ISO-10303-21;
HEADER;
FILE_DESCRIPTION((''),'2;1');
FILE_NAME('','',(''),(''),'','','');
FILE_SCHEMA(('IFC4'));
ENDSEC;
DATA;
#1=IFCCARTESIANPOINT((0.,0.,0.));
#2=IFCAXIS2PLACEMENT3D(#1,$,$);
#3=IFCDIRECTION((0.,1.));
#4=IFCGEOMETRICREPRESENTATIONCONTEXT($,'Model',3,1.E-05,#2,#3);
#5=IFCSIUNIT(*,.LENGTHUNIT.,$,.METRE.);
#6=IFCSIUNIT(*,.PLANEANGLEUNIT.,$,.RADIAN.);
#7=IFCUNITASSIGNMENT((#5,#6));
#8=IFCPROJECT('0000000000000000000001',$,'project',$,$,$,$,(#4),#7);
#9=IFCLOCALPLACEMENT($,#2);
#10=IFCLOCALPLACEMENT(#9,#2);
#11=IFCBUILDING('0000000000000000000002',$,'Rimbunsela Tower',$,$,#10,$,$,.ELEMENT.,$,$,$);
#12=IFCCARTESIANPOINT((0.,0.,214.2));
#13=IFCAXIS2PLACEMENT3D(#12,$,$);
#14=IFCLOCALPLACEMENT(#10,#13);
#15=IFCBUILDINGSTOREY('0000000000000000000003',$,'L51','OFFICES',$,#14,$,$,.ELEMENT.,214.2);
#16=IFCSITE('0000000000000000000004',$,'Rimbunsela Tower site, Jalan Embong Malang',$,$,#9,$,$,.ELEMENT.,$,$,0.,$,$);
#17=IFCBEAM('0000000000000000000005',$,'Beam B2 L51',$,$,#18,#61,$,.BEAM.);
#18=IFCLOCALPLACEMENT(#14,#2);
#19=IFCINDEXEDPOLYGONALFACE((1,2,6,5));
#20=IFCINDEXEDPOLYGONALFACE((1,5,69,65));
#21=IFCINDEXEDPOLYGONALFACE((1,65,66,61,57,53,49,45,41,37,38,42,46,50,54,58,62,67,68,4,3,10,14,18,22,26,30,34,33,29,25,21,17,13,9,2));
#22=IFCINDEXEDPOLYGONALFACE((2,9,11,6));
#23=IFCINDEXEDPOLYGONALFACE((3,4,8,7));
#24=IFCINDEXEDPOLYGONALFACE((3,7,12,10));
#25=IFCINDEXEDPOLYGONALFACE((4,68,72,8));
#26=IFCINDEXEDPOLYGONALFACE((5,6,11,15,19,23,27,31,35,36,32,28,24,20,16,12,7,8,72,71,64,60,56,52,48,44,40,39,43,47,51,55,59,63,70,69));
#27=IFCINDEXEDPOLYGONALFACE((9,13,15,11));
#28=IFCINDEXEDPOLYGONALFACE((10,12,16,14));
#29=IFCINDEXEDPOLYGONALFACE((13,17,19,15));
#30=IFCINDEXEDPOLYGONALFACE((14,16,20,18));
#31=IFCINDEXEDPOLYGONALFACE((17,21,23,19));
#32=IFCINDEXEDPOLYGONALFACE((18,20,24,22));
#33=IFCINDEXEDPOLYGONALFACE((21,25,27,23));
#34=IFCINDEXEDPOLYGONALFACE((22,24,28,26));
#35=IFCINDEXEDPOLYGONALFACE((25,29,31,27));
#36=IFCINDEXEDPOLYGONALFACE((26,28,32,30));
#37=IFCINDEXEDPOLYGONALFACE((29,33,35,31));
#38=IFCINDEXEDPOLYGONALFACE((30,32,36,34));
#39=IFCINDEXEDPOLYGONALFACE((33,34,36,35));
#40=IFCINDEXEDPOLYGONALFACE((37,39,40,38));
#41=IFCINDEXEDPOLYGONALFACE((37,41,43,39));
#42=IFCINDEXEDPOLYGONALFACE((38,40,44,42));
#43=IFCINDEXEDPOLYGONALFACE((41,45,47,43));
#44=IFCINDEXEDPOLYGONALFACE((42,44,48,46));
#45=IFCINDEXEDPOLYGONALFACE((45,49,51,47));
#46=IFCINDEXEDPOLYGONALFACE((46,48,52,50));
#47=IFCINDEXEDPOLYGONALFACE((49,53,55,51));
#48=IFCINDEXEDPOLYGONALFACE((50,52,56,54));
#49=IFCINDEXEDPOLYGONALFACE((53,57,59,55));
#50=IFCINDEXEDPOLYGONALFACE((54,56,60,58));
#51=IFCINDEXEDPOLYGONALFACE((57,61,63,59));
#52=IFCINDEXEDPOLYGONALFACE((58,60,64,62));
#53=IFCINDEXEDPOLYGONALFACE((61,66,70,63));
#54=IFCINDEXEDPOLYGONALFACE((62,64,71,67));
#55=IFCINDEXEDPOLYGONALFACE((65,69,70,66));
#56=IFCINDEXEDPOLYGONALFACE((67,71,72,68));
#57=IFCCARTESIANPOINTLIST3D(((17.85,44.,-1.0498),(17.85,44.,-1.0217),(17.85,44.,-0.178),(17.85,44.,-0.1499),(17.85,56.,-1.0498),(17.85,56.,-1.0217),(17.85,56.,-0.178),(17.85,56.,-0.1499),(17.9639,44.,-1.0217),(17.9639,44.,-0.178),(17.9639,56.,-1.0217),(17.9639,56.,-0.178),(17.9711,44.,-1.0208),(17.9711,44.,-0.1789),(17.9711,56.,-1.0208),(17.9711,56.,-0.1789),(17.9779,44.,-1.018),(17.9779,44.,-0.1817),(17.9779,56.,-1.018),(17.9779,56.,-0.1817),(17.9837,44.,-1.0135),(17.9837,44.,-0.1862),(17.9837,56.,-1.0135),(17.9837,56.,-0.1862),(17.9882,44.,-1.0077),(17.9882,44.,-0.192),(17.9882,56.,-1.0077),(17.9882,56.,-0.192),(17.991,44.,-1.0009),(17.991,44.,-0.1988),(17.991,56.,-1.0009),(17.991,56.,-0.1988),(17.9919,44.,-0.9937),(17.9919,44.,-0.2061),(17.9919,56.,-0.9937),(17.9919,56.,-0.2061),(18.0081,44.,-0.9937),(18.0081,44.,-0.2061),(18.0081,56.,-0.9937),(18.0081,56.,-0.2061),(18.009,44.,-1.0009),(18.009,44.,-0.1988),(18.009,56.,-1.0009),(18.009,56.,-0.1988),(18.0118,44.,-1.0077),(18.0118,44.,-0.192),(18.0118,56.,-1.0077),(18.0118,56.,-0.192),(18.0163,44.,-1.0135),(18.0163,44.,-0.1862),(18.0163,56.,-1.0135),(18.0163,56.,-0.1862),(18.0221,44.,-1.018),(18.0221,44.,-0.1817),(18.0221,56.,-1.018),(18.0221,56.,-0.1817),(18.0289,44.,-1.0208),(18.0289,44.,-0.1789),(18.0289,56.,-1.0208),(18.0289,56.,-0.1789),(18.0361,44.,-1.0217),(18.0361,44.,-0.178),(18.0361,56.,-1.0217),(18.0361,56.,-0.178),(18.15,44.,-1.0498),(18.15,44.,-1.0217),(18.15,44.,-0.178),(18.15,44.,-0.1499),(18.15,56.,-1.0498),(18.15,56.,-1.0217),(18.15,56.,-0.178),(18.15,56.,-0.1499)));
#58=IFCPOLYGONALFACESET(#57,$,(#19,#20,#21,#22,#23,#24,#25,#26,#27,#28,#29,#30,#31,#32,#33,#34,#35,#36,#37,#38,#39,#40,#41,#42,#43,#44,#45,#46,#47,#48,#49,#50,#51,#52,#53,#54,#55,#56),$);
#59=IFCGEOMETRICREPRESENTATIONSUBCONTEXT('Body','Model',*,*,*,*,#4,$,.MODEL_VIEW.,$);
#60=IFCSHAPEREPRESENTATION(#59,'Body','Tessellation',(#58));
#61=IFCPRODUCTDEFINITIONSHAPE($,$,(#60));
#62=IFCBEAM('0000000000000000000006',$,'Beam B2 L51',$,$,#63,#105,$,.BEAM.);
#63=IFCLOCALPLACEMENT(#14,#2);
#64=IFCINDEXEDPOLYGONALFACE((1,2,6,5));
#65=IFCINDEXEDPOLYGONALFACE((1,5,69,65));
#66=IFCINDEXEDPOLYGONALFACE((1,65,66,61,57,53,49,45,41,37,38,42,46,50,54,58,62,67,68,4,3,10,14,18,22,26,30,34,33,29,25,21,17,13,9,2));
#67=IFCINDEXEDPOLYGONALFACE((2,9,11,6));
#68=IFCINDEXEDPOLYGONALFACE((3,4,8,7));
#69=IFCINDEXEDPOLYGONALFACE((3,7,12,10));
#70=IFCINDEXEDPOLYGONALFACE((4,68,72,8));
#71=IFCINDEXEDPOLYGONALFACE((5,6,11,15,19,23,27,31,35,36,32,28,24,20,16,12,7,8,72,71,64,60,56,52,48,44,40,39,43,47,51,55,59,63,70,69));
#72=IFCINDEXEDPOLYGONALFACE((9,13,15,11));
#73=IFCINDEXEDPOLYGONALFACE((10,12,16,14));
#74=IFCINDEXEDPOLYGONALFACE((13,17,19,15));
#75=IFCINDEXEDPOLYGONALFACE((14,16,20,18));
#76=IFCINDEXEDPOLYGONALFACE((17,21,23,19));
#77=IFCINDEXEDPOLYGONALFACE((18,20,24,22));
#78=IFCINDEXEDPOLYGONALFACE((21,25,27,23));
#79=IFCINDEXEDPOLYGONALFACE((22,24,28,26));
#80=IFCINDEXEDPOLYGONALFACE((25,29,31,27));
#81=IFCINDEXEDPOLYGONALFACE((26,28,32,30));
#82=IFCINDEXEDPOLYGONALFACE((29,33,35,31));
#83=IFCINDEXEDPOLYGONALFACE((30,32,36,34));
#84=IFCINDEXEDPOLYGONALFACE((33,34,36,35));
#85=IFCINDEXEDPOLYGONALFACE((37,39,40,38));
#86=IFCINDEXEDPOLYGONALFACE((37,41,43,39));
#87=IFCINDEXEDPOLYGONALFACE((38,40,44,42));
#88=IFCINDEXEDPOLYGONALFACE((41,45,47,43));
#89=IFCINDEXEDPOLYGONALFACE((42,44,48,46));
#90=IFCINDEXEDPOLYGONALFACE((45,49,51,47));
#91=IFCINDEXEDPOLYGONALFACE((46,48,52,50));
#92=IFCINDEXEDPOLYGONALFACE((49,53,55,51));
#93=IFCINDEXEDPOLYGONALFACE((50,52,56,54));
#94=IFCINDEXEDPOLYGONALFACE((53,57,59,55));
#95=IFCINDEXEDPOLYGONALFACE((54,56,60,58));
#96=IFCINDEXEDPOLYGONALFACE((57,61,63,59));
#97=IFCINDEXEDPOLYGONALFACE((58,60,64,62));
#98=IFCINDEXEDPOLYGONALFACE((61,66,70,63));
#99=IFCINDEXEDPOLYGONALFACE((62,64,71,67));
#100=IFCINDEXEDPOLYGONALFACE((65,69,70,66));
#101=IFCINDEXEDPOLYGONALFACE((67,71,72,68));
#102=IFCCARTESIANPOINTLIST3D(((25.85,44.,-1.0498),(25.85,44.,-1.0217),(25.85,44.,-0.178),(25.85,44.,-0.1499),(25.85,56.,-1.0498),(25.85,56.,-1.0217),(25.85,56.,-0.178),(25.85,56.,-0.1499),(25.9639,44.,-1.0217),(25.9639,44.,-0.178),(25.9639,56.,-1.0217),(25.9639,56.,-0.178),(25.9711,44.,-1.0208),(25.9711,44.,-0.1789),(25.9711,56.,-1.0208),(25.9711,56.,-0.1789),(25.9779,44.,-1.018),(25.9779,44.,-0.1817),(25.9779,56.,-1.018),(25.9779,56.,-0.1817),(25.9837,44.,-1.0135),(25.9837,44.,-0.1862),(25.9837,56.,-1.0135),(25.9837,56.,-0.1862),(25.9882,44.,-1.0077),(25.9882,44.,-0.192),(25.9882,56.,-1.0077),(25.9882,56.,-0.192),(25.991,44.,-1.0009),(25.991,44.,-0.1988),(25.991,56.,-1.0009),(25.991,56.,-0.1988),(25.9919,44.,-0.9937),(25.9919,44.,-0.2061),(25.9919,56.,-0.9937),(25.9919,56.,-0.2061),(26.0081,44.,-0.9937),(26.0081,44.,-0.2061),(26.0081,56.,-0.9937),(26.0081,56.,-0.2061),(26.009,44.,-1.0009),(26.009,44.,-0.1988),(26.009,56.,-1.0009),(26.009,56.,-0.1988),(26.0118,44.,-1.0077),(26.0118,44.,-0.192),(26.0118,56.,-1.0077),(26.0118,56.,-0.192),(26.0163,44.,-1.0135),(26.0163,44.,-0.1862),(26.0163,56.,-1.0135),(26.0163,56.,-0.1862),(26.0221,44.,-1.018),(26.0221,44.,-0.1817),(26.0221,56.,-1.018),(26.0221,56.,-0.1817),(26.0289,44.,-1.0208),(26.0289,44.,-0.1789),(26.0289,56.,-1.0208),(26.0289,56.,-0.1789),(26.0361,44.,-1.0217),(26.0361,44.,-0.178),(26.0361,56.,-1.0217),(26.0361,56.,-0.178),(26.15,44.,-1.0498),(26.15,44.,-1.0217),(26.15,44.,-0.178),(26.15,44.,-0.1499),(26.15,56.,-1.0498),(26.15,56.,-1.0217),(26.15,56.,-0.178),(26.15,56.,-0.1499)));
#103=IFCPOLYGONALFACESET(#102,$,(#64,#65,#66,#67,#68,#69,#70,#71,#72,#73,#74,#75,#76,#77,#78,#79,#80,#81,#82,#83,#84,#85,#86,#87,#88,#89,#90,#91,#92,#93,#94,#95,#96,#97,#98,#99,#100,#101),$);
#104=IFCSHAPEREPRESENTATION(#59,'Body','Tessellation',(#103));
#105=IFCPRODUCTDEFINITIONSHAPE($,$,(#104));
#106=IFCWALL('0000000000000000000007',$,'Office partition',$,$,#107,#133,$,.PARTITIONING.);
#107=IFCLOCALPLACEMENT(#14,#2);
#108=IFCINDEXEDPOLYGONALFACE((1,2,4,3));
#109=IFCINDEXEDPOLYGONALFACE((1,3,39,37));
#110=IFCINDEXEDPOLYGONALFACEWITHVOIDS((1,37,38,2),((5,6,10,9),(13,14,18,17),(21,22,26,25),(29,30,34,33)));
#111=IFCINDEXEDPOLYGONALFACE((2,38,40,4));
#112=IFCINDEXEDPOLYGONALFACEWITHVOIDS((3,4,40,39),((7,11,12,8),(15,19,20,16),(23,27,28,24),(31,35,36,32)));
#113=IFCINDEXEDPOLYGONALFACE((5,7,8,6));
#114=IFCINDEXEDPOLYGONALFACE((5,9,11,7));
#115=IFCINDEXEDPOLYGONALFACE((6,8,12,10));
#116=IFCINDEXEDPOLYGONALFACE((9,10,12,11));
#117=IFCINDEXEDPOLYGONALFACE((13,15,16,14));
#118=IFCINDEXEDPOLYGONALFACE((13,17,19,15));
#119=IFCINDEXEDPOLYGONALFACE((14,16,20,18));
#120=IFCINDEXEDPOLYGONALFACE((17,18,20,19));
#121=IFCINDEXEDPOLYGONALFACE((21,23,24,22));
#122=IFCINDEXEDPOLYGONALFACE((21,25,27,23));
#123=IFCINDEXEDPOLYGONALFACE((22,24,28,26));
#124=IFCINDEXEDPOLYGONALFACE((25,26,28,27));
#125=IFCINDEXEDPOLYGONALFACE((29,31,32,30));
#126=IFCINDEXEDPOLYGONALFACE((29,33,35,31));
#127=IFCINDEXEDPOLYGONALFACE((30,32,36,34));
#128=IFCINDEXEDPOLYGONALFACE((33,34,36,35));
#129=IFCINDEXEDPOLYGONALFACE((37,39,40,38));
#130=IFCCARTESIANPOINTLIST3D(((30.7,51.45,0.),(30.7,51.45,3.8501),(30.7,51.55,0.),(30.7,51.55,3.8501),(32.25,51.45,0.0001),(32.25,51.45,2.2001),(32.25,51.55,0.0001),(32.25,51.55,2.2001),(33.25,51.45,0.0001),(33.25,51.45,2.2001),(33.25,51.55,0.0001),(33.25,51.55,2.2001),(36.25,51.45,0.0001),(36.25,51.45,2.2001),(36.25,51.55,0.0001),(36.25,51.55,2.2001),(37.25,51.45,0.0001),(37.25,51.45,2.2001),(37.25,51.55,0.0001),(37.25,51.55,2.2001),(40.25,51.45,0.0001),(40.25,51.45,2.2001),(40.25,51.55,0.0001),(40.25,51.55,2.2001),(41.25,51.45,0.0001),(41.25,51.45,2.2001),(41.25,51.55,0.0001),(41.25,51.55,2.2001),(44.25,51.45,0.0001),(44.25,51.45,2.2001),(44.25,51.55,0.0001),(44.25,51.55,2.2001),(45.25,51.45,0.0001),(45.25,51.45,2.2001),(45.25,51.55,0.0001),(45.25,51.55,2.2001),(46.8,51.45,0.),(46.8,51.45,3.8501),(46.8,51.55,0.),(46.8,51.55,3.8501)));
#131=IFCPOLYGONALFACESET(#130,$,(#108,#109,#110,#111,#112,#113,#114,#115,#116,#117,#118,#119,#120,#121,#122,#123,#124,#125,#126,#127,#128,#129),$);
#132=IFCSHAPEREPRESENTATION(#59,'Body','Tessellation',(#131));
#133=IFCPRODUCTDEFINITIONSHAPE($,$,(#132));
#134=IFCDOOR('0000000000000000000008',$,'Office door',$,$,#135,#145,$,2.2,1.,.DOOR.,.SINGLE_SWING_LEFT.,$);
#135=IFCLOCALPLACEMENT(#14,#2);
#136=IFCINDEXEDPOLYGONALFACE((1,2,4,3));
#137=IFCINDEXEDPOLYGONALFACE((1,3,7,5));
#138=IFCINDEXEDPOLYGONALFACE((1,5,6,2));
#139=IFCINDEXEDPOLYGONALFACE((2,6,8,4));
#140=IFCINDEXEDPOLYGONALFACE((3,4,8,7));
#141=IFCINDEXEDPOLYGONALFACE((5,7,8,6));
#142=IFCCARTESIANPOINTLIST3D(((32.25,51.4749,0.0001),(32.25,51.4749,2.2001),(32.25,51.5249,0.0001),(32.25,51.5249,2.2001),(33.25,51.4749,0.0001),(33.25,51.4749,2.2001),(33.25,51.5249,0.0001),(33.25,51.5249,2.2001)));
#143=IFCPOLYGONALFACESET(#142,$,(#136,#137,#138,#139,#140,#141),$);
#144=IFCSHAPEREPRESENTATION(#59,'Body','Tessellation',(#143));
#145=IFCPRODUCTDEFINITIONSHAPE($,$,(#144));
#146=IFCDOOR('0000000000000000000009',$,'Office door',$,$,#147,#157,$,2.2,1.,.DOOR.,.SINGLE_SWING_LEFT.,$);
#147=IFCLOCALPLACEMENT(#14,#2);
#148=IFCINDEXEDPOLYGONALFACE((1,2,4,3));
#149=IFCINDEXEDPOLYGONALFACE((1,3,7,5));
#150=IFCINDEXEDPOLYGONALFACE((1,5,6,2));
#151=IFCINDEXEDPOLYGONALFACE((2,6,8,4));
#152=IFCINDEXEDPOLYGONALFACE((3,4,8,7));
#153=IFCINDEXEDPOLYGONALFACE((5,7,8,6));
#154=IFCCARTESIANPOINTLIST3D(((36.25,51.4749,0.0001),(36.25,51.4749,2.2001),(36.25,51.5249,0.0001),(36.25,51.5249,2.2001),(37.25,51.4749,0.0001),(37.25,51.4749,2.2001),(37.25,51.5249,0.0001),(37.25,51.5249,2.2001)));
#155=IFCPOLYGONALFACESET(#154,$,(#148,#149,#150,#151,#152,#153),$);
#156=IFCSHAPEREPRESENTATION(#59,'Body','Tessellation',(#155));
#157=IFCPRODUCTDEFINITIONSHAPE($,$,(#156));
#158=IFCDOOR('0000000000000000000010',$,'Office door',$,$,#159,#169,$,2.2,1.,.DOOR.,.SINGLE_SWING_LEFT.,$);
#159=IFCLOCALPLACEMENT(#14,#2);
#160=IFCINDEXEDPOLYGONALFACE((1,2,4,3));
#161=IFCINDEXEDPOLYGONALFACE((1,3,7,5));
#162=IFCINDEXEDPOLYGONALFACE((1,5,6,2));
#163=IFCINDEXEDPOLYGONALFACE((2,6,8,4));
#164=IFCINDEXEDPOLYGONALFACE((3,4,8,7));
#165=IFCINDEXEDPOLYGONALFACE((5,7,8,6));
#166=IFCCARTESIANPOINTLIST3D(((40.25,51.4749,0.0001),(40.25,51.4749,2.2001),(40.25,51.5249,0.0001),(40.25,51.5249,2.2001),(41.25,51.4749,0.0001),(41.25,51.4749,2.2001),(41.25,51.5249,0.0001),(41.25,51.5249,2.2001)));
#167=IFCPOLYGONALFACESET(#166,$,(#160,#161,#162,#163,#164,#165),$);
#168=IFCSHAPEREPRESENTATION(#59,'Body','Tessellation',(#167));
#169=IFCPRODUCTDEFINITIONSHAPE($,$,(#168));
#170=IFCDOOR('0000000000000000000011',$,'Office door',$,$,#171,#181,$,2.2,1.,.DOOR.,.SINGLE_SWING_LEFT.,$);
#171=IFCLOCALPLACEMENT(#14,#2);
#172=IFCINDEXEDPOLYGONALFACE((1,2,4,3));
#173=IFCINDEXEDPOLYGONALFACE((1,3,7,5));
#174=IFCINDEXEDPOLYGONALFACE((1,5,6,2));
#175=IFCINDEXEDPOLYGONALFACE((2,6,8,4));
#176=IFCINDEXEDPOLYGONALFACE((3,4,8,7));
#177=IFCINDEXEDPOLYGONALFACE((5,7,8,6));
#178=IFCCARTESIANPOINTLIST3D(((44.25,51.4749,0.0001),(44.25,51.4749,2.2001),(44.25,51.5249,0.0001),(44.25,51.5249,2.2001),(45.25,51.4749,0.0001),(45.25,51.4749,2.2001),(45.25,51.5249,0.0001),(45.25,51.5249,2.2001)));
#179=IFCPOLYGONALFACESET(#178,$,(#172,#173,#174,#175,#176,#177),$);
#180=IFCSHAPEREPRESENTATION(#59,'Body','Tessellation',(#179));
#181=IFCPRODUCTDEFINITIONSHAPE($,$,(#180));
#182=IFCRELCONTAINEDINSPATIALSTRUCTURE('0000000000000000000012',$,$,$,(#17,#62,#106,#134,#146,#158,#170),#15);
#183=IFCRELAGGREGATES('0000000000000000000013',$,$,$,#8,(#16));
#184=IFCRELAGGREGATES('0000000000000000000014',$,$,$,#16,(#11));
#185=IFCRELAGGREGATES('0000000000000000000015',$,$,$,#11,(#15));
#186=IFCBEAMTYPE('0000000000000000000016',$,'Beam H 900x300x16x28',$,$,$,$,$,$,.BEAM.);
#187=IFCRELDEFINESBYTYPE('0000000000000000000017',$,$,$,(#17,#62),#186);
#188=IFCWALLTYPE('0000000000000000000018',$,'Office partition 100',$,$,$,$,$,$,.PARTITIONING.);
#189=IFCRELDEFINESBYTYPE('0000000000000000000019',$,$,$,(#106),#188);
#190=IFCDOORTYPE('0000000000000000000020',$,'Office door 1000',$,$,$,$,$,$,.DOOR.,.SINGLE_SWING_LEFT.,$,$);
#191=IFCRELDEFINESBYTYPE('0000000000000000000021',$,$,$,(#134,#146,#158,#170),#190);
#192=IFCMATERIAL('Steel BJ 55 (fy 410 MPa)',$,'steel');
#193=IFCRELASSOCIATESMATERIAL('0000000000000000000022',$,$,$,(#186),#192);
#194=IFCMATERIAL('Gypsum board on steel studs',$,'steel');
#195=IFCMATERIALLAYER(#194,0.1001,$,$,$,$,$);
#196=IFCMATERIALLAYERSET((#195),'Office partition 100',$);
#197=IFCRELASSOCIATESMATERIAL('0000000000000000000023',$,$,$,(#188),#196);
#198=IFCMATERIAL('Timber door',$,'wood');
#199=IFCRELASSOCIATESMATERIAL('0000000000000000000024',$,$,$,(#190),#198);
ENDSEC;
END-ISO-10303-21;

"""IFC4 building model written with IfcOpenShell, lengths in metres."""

from ifc_helpers import new_model, si_unit, direction, frame, frame_2d, origin, origin_2d, place, context, subcontext, project, spatial, rectangle, i_section, extrude, material, layer, layer_set, material_profile, profile_set, type_object, element, fill, save


model = new_model("IFC4")

# Units and contexts
model_context = context("Model", 3, precision=1e-05, world=origin(), true_north=direction((0.0, 1.0)))
body_context = subcontext(model_context, "Body", "Model", "MODEL_VIEW")
ifc_project = project(units=[si_unit("LENGTHUNIT", "METRE"), si_unit("PLANEANGLEUNIT", "RADIAN")], contexts=[model_context])

# Site, building, storey
site_placement = place(None, origin())
site = spatial("IfcSite", under=ifc_project, at=site_placement, Name="Rimbunsela Tower site, Jalan Embong Malang", CompositionType="ELEMENT", RefElevation=0.0)
building_placement = place(site_placement, origin())
building = spatial("IfcBuilding", under=site, at=building_placement, Name="Rimbunsela Tower", CompositionType="ELEMENT")
storey_placement = place(building_placement, frame((0.0, 0.0, 214.2)))
storey = spatial("IfcBuildingStorey", under=building, at=storey_placement, Name="L51", Description="OFFICES", CompositionType="ELEMENT", Elevation=214.2)

# Beams
ifc_material_1 = material(Name="Steel BJ 55 (fy 410 MPa)", Category="steel")
ifc_material_profile_1 = material_profile(ifc_material_1, i_section(OverallWidth=0.3, OverallDepth=0.8999, WebThickness=0.0161, FlangeThickness=0.0281, FilletRadius=0.0281, at=origin_2d()), Name="H 900x300x16x28")
ifc_profile_set_1 = profile_set([ifc_material_profile_1], Name="Steel BJ 55 (fy 410 MPa)")
beam_type_1 = type_object("IfcBeamType", Name="Beam H 900x300x16x28", PredefinedType="BEAM", material=ifc_profile_set_1)
for number, where, z_axis, x_axis, name in (
    (1, (18.0, 44.0, -0.5999), (0.0, 1.0, 0.0), (-1.0, 0.0, 0.0), "Beam B2 L51"),
    (2, (26.0, 44.0, -0.5999), (0.0, 1.0, 0.0), (-1.0, 0.0, 0.0), "Beam B2 L51"),
):
    element("IfcBeam", number, at=place(storey_placement, frame(where, z_axis=z_axis, x_axis=x_axis)), inside=storey, type_object=beam_type_1, Name=name, PredefinedType="BEAM", context=body_context, shape_type="SweptSolid", body=[
        extrude(i_section(OverallWidth=0.3, OverallDepth=0.8999, WebThickness=0.0161, FlangeThickness=0.0281, FilletRadius=0.0281, at=origin_2d()), origin(), (0.0, 0.0, 1.0), 12.0),
    ])

# Wall, openings, doors
ifc_material_2 = material(Name="Gypsum board on steel studs", Category="steel")
ifc_layer_1 = layer(ifc_material_2, 0.1001)
ifc_layer_set_1 = layer_set([ifc_layer_1], Name="Office partition 100")
wall_type_1 = type_object("IfcWallType", Name="Office partition 100", PredefinedType="PARTITIONING", material=ifc_layer_set_1)
wall_1_placement = place(storey_placement, frame((30.7, 51.5, 0.0), z_axis=(0.0, 0.0, 1.0), x_axis=(1.0, 0.0, 0.0)))
wall_1 = element("IfcWall", 3, at=wall_1_placement, inside=storey, type_object=wall_type_1, Name="Office partition", PredefinedType="PARTITIONING", context=body_context, shape_type="SweptSolid", body=[
    extrude(rectangle(XDim=16.1001, YDim=0.1001, at=frame_2d((8.05, 0.0))), origin(), (0.0, 0.0, 1.0), 3.8501),
])
opening_1_placement = place(wall_1_placement, frame((1.55, 0.0, 0.0)))
opening_1 = element("IfcOpeningElement", 4, at=opening_1_placement, cuts=wall_1, PredefinedType="OPENING", context=body_context, shape_type="SweptSolid", body=[
    extrude(rectangle(XDim=1.0, YDim=2.2, at=frame_2d((0.5, 1.1001))), frame((0.0, 0.0601, 0.0), z_axis=(0.0, -1.0, 0.0), x_axis=(1.0, 0.0, 0.0)), (0.0, 0.0, 1.0), 0.1201),
])
opening_2_placement = place(wall_1_placement, frame((5.55, 0.0, 0.0)))
opening_2 = element("IfcOpeningElement", 5, at=opening_2_placement, cuts=wall_1, PredefinedType="OPENING", context=body_context, shape_type="SweptSolid", body=[
    extrude(rectangle(XDim=1.0, YDim=2.2, at=frame_2d((0.5, 1.1001))), frame((0.0, 0.0601, 0.0), z_axis=(0.0, -1.0, 0.0), x_axis=(1.0, 0.0, 0.0)), (0.0, 0.0, 1.0), 0.1201),
])
opening_3_placement = place(wall_1_placement, frame((9.55, 0.0, 0.0)))
opening_3 = element("IfcOpeningElement", 6, at=opening_3_placement, cuts=wall_1, PredefinedType="OPENING", context=body_context, shape_type="SweptSolid", body=[
    extrude(rectangle(XDim=1.0, YDim=2.2, at=frame_2d((0.5, 1.1001))), frame((0.0, 0.0601, 0.0), z_axis=(0.0, -1.0, 0.0), x_axis=(1.0, 0.0, 0.0)), (0.0, 0.0, 1.0), 0.1201),
])
opening_4_placement = place(wall_1_placement, frame((13.55, 0.0, 0.0)))
opening_4 = element("IfcOpeningElement", 7, at=opening_4_placement, cuts=wall_1, PredefinedType="OPENING", context=body_context, shape_type="SweptSolid", body=[
    extrude(rectangle(XDim=1.0, YDim=2.2, at=frame_2d((0.5, 1.1001))), frame((0.0, 0.0601, 0.0), z_axis=(0.0, -1.0, 0.0), x_axis=(1.0, 0.0, 0.0)), (0.0, 0.0, 1.0), 0.1201),
])
ifc_material_3 = material(Name="Timber door", Category="wood")
door_type = type_object("IfcDoorType", Name="Office door 1000", OperationType="SINGLE_SWING_LEFT", PredefinedType="DOOR", material=ifc_material_3)
door_1_placement = place(opening_1_placement, origin())
door_1 = element("IfcDoor", 8, at=door_1_placement, inside=storey, type_object=door_type, Name="Office door", OperationType="SINGLE_SWING_LEFT", OverallHeight=2.2, OverallWidth=1.0, PredefinedType="DOOR", context=body_context, shape_type="SweptSolid", body=[
    extrude(rectangle(XDim=1.0, YDim=2.2, at=frame_2d((0.5, 1.1001))), frame((0.0, 0.0249, 0.0), z_axis=(0.0, -1.0, 0.0), x_axis=(1.0, 0.0, 0.0)), (0.0, 0.0, 1.0), 0.05),
])
fill(opening_1, door_1)
door_2_placement = place(opening_2_placement, origin())
door_2 = element("IfcDoor", 9, at=door_2_placement, inside=storey, type_object=door_type, Name="Office door", OperationType="SINGLE_SWING_LEFT", OverallHeight=2.2, OverallWidth=1.0, PredefinedType="DOOR", context=body_context, shape_type="SweptSolid", body=[
    extrude(rectangle(XDim=1.0, YDim=2.2, at=frame_2d((0.5, 1.1001))), frame((0.0, 0.0249, 0.0), z_axis=(0.0, -1.0, 0.0), x_axis=(1.0, 0.0, 0.0)), (0.0, 0.0, 1.0), 0.05),
])
fill(opening_2, door_2)
door_3_placement = place(opening_3_placement, origin())
door_3 = element("IfcDoor", 10, at=door_3_placement, inside=storey, type_object=door_type, Name="Office door", OperationType="SINGLE_SWING_LEFT", OverallHeight=2.2, OverallWidth=1.0, PredefinedType="DOOR", context=body_context, shape_type="SweptSolid", body=[
    extrude(rectangle(XDim=1.0, YDim=2.2, at=frame_2d((0.5, 1.1001))), frame((0.0, 0.0249, 0.0), z_axis=(0.0, -1.0, 0.0), x_axis=(1.0, 0.0, 0.0)), (0.0, 0.0, 1.0), 0.05),
])
fill(opening_3, door_3)
door_4_placement = place(opening_4_placement, origin())
door_4 = element("IfcDoor", 11, at=door_4_placement, inside=storey, type_object=door_type, Name="Office door", OperationType="SINGLE_SWING_LEFT", OverallHeight=2.2, OverallWidth=1.0, PredefinedType="DOOR", context=body_context, shape_type="SweptSolid", body=[
    extrude(rectangle(XDim=1.0, YDim=2.2, at=frame_2d((0.5, 1.1001))), frame((0.0, 0.0249, 0.0), z_axis=(0.0, -1.0, 0.0), x_axis=(1.0, 0.0, 0.0)), (0.0, 0.0, 1.0), 0.05),
])
fill(opening_4, door_4)

save(model, "model.ifc")
